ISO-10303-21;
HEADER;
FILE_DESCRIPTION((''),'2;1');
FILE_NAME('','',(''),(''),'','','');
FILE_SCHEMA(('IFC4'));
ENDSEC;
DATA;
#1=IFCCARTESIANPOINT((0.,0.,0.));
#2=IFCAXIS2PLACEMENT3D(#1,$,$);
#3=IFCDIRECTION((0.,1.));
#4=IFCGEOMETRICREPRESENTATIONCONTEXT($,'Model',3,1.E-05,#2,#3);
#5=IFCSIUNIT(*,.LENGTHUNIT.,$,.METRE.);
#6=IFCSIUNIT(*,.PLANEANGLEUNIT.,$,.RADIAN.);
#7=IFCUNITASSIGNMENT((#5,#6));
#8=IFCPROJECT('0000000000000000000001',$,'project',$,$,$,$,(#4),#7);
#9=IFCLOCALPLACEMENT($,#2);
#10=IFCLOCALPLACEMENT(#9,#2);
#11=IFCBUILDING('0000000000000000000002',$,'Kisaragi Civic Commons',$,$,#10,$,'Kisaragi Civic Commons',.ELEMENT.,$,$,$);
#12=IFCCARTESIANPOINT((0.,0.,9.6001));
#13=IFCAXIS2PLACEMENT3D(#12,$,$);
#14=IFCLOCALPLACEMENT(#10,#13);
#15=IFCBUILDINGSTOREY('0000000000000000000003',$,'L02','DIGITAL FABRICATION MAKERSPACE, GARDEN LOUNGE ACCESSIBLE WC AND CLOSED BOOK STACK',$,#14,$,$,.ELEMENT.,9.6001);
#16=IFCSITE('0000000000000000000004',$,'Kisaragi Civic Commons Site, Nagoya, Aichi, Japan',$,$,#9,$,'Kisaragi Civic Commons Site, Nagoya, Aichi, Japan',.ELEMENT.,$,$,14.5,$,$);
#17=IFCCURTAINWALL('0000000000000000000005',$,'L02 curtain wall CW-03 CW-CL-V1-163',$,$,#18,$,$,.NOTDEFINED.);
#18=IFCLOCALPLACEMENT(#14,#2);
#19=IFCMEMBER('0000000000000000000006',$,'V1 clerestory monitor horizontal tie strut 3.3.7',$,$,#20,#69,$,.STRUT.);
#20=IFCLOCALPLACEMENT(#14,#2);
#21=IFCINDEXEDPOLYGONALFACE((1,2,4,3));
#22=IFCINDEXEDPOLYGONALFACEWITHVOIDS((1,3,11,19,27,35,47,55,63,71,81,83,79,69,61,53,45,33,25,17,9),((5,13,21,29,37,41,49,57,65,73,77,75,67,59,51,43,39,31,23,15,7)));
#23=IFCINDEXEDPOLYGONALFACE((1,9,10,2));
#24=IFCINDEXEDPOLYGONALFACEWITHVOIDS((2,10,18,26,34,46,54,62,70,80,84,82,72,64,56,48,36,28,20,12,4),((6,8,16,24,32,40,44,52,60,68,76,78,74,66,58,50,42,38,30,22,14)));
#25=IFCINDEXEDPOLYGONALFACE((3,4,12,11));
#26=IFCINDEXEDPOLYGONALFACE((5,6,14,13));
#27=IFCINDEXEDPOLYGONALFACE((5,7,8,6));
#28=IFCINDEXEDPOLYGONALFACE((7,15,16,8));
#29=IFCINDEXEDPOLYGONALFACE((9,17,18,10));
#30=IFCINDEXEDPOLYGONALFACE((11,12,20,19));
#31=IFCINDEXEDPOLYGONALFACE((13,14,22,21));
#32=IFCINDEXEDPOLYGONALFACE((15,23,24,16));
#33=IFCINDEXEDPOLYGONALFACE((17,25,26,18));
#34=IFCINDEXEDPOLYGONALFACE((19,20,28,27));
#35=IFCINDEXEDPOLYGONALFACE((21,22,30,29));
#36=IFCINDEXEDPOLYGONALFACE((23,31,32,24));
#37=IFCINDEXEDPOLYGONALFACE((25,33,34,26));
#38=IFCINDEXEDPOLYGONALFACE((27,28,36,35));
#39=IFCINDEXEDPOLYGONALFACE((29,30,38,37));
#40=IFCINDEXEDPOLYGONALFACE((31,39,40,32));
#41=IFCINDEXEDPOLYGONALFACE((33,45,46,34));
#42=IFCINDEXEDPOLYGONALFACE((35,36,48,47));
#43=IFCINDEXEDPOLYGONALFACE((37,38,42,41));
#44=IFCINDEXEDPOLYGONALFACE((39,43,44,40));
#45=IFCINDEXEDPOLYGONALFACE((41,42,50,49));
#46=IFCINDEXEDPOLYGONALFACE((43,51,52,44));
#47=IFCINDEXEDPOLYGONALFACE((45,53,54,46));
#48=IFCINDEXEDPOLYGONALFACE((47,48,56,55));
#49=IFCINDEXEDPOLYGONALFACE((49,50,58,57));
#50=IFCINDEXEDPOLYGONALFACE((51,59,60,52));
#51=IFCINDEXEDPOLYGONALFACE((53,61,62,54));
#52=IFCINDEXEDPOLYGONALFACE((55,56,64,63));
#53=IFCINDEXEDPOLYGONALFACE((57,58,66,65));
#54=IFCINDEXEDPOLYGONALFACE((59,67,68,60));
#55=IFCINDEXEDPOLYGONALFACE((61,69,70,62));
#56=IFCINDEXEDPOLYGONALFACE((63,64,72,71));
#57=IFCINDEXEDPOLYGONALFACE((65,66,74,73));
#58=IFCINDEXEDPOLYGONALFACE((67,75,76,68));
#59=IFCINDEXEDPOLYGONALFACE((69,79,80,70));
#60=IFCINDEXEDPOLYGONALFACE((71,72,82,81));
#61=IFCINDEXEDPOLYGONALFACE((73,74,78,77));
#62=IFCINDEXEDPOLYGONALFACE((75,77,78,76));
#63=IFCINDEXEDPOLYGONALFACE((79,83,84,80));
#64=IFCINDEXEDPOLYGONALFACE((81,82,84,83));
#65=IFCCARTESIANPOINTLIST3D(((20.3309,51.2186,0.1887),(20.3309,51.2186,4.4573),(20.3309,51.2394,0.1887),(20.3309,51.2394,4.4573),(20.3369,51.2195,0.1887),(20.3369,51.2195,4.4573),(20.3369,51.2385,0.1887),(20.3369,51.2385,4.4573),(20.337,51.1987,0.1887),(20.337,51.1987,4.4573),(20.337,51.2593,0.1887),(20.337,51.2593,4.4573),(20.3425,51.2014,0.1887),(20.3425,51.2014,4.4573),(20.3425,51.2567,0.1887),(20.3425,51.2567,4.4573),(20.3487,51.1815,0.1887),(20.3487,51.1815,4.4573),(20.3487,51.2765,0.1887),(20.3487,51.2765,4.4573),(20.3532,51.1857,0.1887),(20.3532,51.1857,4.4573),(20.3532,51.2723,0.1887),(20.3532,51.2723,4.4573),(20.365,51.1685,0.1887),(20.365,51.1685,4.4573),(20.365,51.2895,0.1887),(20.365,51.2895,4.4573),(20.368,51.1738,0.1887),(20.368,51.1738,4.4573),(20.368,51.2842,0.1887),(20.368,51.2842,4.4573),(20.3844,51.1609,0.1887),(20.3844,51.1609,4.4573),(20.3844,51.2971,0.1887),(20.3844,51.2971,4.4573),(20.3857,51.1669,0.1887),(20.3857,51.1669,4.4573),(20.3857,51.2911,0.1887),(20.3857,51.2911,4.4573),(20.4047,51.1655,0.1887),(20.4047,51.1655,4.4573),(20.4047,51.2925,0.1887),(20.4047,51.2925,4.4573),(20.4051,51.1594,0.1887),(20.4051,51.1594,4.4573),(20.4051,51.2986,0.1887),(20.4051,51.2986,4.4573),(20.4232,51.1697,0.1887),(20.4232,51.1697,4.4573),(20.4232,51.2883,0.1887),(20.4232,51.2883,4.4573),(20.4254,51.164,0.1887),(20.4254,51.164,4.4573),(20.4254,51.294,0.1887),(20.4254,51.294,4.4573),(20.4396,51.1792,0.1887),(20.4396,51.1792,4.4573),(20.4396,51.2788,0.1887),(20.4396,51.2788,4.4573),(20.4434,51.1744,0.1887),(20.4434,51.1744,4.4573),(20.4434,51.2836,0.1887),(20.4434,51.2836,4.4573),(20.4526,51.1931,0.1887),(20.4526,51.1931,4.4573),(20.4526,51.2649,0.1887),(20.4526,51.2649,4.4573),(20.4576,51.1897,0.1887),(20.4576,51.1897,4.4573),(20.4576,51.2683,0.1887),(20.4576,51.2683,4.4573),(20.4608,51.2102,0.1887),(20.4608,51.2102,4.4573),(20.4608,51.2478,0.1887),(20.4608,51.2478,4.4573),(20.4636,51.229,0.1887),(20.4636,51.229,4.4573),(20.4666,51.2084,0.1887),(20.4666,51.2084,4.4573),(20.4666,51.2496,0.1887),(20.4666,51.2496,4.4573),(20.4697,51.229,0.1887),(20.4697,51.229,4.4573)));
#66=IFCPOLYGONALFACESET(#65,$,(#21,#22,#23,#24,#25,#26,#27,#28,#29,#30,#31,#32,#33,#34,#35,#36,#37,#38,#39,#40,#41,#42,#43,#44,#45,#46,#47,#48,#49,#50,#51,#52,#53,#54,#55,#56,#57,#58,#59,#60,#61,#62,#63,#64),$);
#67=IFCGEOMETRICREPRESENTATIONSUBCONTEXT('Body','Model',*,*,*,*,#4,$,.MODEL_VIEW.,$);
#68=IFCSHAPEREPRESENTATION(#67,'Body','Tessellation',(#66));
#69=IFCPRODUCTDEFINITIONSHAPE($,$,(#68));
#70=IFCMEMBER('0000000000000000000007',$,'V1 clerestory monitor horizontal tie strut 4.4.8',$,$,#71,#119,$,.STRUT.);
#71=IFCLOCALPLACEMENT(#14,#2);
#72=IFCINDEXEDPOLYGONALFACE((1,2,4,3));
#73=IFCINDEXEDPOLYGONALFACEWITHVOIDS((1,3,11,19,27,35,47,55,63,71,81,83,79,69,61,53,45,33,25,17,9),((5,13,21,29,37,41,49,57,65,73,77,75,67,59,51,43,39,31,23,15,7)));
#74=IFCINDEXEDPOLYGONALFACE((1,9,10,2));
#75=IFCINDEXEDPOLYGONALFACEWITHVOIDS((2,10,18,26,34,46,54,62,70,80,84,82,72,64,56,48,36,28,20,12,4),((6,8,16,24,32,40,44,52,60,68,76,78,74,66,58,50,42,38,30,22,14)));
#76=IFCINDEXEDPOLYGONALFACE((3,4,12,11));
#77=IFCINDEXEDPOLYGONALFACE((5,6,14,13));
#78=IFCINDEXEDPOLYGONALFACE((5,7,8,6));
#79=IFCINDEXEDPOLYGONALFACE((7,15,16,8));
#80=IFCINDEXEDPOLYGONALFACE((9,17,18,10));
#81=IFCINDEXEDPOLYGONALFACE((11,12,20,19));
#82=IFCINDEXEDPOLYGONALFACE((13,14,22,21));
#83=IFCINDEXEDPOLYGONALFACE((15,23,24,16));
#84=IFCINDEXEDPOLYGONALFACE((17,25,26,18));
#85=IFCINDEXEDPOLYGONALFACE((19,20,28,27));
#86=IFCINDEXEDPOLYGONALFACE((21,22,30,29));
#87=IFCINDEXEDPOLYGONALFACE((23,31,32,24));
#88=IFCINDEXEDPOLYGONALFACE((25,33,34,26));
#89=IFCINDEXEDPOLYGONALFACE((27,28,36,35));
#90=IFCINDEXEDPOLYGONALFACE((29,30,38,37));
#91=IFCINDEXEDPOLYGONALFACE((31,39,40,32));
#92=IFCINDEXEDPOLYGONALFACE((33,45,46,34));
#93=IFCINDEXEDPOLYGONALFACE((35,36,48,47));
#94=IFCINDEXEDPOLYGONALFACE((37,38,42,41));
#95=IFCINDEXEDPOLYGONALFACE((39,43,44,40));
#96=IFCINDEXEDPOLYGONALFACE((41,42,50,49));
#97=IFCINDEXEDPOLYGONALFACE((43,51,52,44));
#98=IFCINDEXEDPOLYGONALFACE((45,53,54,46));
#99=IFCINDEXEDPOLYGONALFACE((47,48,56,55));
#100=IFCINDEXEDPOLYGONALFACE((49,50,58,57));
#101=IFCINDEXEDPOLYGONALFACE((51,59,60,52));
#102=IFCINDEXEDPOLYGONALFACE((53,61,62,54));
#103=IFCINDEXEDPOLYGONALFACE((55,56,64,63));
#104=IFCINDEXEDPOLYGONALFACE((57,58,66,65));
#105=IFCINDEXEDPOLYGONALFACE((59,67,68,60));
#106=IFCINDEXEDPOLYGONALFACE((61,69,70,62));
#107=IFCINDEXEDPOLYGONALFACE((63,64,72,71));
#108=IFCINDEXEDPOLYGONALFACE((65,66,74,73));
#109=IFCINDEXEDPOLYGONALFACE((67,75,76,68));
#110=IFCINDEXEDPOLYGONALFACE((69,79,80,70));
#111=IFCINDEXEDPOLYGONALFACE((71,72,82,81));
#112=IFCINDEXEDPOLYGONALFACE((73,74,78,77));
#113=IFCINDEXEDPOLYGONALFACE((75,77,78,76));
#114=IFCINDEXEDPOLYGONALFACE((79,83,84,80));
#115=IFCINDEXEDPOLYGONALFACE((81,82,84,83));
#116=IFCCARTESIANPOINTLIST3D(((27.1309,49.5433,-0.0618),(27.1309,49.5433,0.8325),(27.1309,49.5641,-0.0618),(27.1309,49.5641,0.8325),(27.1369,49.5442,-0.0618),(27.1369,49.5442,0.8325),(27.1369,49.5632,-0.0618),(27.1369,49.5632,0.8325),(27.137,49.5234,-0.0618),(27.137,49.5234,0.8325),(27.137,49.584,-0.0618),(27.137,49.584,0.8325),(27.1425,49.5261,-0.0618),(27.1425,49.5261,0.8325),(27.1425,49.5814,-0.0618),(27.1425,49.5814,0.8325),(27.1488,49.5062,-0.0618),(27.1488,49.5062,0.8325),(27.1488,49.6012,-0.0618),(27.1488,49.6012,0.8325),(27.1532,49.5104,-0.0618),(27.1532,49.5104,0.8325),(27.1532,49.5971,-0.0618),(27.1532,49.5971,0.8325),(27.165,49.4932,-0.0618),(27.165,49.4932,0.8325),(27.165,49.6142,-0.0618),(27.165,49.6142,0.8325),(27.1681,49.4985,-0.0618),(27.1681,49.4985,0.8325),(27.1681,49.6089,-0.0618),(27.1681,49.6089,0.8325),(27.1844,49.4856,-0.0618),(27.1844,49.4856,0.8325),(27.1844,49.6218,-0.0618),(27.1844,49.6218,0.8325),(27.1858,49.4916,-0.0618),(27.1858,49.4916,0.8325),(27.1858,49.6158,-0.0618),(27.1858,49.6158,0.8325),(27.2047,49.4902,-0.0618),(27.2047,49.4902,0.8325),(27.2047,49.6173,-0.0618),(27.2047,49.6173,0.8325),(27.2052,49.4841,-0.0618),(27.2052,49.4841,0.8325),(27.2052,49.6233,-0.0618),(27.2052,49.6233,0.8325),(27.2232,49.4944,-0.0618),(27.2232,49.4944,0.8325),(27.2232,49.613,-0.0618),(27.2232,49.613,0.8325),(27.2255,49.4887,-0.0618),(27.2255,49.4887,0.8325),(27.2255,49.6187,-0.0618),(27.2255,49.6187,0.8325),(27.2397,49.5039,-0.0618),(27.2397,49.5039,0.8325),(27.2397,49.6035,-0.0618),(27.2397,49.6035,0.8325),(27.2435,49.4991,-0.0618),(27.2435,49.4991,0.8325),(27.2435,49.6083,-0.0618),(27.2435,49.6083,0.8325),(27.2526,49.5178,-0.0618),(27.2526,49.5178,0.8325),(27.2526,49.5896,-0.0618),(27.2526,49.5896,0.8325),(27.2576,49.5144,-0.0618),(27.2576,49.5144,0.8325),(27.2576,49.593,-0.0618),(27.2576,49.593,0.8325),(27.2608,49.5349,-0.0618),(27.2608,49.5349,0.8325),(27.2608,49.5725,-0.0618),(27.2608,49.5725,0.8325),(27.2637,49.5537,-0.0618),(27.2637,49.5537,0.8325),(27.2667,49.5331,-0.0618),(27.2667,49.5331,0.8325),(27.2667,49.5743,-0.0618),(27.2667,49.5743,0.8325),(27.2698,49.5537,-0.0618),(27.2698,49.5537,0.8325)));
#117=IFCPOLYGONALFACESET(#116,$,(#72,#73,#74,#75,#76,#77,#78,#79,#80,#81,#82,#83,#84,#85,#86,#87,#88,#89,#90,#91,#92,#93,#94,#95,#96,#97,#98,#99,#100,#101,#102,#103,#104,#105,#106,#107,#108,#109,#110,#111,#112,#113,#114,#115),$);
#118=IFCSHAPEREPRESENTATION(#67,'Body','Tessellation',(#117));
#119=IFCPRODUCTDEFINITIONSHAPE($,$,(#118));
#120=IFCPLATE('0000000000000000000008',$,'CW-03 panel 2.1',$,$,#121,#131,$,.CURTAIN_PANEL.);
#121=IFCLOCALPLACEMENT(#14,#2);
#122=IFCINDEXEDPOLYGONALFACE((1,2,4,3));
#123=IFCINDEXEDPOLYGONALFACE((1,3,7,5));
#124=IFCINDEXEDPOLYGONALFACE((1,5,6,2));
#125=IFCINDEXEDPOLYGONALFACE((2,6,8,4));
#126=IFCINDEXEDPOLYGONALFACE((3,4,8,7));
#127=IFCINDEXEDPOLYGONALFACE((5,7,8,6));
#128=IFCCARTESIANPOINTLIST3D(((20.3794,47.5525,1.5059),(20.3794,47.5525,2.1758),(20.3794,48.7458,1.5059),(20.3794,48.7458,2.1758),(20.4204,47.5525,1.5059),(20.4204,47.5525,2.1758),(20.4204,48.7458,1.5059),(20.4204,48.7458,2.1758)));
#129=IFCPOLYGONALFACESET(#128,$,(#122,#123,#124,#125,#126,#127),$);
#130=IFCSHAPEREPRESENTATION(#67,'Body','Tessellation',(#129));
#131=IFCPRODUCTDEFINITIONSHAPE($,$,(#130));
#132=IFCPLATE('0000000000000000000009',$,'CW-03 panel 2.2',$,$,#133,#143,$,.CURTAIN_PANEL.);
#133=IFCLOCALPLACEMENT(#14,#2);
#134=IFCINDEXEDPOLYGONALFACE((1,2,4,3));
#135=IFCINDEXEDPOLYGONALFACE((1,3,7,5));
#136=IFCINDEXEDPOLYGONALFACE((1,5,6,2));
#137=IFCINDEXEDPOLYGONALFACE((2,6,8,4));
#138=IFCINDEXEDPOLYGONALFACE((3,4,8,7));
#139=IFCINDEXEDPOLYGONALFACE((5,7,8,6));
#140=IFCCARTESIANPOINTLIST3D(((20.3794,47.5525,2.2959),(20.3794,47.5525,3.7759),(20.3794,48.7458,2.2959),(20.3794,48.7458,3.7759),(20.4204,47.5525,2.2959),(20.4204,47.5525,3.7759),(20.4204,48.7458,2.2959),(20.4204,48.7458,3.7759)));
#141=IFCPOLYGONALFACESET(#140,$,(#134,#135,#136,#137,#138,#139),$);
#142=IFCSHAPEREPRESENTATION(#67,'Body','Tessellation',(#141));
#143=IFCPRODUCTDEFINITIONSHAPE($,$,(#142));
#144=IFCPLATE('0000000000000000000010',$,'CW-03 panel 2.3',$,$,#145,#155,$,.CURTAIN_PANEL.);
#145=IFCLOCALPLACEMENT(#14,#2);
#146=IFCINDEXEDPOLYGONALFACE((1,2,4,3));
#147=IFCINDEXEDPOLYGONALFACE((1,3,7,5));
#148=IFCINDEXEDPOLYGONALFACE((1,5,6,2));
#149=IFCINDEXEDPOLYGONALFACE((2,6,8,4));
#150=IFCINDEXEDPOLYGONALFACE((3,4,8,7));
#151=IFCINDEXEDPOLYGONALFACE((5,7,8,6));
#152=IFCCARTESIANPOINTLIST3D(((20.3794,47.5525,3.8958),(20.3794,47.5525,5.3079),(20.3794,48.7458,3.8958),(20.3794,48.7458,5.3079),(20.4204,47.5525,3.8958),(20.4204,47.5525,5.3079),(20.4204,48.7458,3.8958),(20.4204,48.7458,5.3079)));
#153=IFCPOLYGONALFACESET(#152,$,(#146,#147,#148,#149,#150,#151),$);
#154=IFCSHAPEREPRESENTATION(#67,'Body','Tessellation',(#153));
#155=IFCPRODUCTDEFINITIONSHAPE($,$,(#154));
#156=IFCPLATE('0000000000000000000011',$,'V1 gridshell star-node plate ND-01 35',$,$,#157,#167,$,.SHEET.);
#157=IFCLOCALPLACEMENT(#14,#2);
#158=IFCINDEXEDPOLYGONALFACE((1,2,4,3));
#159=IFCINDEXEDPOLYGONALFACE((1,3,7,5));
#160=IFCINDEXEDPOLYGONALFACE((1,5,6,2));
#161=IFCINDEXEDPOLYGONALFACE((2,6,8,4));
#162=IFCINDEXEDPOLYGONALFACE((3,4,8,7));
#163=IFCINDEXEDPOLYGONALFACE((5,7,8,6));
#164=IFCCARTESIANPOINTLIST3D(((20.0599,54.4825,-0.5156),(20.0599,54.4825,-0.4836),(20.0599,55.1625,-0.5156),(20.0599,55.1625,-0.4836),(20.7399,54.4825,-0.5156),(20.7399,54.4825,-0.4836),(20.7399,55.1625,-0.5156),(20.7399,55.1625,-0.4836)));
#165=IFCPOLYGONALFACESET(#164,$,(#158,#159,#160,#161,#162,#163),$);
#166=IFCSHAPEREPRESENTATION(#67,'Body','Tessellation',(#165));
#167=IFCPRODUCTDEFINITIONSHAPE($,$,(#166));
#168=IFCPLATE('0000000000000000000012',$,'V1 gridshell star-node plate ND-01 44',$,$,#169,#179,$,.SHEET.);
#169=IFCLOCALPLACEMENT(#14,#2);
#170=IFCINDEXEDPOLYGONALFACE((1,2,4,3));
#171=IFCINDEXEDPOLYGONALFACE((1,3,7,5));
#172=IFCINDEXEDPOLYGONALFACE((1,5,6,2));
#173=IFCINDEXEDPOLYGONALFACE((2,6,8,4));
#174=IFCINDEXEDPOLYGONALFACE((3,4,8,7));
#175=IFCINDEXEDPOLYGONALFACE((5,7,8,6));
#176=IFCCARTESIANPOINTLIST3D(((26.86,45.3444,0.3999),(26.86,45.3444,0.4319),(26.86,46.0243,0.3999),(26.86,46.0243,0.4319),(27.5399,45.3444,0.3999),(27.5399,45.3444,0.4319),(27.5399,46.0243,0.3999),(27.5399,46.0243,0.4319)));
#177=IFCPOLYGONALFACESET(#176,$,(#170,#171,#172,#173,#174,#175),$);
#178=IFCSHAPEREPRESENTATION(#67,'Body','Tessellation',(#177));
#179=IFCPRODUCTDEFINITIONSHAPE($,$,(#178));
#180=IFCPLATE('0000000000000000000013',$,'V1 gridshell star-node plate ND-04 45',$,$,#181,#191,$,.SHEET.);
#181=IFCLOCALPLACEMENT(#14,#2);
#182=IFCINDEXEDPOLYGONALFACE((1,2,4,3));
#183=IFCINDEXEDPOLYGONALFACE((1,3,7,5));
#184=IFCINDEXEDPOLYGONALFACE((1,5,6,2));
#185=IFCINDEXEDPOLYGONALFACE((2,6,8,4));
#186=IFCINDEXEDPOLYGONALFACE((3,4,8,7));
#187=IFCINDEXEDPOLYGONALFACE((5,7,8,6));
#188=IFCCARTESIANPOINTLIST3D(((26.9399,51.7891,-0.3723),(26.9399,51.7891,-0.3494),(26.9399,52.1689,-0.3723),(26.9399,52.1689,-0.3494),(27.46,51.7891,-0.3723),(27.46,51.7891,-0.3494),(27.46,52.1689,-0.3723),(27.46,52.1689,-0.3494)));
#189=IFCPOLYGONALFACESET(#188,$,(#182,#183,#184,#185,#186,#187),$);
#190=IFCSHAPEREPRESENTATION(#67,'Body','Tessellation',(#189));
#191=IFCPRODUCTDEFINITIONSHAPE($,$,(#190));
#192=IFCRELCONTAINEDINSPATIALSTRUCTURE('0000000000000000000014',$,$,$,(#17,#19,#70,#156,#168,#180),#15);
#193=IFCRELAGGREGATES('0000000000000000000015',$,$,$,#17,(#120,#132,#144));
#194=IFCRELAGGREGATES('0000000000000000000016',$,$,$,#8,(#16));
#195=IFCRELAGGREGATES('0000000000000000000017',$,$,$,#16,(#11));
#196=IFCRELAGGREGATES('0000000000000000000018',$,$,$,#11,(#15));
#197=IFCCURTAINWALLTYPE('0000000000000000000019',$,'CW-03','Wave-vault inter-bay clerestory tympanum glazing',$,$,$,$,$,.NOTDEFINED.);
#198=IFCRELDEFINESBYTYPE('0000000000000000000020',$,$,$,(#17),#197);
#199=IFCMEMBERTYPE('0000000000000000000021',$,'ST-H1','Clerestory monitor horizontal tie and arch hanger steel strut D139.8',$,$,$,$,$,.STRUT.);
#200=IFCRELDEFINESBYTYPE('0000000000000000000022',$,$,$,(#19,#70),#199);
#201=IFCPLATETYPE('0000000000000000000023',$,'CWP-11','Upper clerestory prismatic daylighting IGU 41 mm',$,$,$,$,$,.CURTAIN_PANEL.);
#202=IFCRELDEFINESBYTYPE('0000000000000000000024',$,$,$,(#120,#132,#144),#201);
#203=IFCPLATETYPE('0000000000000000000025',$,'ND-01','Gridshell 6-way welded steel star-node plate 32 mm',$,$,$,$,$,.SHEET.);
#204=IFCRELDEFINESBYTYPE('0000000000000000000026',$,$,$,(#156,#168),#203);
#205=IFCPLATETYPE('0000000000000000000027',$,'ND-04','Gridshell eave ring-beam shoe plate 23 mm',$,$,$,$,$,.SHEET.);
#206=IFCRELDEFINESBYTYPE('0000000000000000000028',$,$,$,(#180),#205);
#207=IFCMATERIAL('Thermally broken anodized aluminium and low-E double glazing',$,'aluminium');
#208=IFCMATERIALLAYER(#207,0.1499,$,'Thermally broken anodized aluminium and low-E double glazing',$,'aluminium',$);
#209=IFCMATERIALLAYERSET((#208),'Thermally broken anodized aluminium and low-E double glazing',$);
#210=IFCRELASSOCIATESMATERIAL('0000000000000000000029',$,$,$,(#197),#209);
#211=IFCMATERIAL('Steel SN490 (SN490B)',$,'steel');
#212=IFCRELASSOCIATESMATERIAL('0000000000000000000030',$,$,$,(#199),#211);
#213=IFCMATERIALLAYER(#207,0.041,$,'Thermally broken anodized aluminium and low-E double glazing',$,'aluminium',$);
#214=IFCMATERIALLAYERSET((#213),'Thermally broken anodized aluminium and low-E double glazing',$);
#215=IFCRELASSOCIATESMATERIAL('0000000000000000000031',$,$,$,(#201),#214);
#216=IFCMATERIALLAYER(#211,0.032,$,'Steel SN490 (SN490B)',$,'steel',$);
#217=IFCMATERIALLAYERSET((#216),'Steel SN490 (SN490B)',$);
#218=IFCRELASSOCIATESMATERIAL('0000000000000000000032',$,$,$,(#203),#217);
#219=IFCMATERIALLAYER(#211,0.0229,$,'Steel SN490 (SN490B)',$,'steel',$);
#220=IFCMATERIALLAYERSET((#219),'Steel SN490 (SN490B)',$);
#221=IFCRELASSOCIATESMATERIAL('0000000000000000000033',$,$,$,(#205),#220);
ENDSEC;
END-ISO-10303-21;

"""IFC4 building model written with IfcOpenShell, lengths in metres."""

from ifc_helpers import new_model, si_unit, direction, frame, origin, origin_2d, place, context, subcontext, project, spatial, rectangle, hollow_circle, extrude, material, layer, layer_set, material_profile, profile_set, type_object, element, aggregate, save


model = new_model("IFC4")

# Units and contexts
model_context = context("Model", 3, precision=1e-05, world=origin(), true_north=direction((0.0, 1.0)))
body_context = subcontext(model_context, "Body", "Model", "MODEL_VIEW")
ifc_project = project(units=[si_unit("LENGTHUNIT", "METRE"), si_unit("PLANEANGLEUNIT", "RADIAN")], contexts=[model_context])

# Site, building, storey
site_placement = place(None, origin())
site = spatial("IfcSite", under=ifc_project, at=site_placement, Name="Kisaragi Civic Commons Site, Nagoya, Aichi, Japan", LongName="Kisaragi Civic Commons Site, Nagoya, Aichi, Japan", CompositionType="ELEMENT", RefElevation=14.5)
building_placement = place(site_placement, origin())
building = spatial("IfcBuilding", under=site, at=building_placement, Name="Kisaragi Civic Commons", LongName="Kisaragi Civic Commons", CompositionType="ELEMENT")
storey_placement = place(building_placement, frame((0.0, 0.0, 9.6001)))
storey = spatial("IfcBuildingStorey", under=building, at=storey_placement, Name="L02", Description="DIGITAL FABRICATION MAKERSPACE, GARDEN LOUNGE ACCESSIBLE WC AND CLOSED BOOK STACK", CompositionType="ELEMENT", Elevation=9.6001)

# Curtain wall
ifc_material_1 = material(Name="Thermally broken anodized aluminium and low-E double glazing", Category="aluminium")
ifc_layer_1 = layer(ifc_material_1, 0.1499, Name="Thermally broken anodized aluminium and low-E double glazing", Category="aluminium")
ifc_layer_set_1 = layer_set([ifc_layer_1], Name="Thermally broken anodized aluminium and low-E double glazing")
curtain_wall_type = type_object("IfcCurtainWallType", Name="CW-03", Description="Wave-vault inter-bay clerestory tympanum glazing", PredefinedType="NOTDEFINED", material=ifc_layer_set_1)
curtain_wall_placement = place(storey_placement, origin())
curtain_wall = element("IfcCurtainWall", 1, at=curtain_wall_placement, inside=storey, type_object=curtain_wall_type, Name="L02 curtain wall CW-03 CW-CL-V1-163", PredefinedType="NOTDEFINED")

# Members
ifc_material_2 = material(Name="Steel SN490 (SN490B)", Category="steel")
ifc_material_profile_1 = material_profile(ifc_material_2, hollow_circle(Radius=0.0698, WallThickness=0.0061, at=origin_2d()), Name="CHS-139.8x6.0", Category="steel")
ifc_profile_set_1 = profile_set([ifc_material_profile_1], Name="Steel SN490 (SN490B)")
member_type_1 = type_object("IfcMemberType", Name="ST-H1", Description="Clerestory monitor horizontal tie and arch hanger steel strut D139.8", PredefinedType="STRUT", material=ifc_profile_set_1)
member_1_placement = place(storey_placement, frame((20.3999, 51.229, 0.1887), z_axis=(0.0, 0.0, 1.0), x_axis=(1.0, 0.0, 0.0)))
element("IfcMember", 2, at=member_1_placement, inside=storey, type_object=member_type_1, Name="V1 clerestory monitor horizontal tie strut 3.3.7", PredefinedType="STRUT", context=body_context, shape_type="SweptSolid", body=[
    extrude(hollow_circle(Radius=0.0698, WallThickness=0.0061, at=origin_2d()), origin(), (0.0, 0.0, 1.0), 4.2686),
])
member_2_placement = place(storey_placement, frame((27.2, 49.5537, -0.0618), z_axis=(0.0, 0.0, 1.0), x_axis=(1.0, 0.0, 0.0)))
element("IfcMember", 3, at=member_2_placement, inside=storey, type_object=member_type_1, Name="V1 clerestory monitor horizontal tie strut 4.4.8", PredefinedType="STRUT", context=body_context, shape_type="SweptSolid", body=[
    extrude(hollow_circle(Radius=0.0698, WallThickness=0.0061, at=origin_2d()), origin(), (0.0, 0.0, 1.0), 0.8943),
])

# Plates
ifc_layer_2 = layer(ifc_material_1, 0.041, Name="Thermally broken anodized aluminium and low-E double glazing", Category="aluminium")
ifc_layer_set_2 = layer_set([ifc_layer_2], Name="Thermally broken anodized aluminium and low-E double glazing")
plate_type_1 = type_object("IfcPlateType", Name="CWP-11", Description="Upper clerestory prismatic daylighting IGU 41 mm", PredefinedType="CURTAIN_PANEL", material=ifc_layer_set_2)
plate_1_placement = place(storey_placement, frame((20.3999, 48.1492, 1.5059), z_axis=(0.0, 0.0, 1.0), x_axis=(0.0, 1.0, 0.0)))
plate_1 = element("IfcPlate", 4, at=plate_1_placement, type_object=plate_type_1, Name="CW-03 panel 2.1", PredefinedType="CURTAIN_PANEL", context=body_context, shape_type="SweptSolid", body=[
    extrude(rectangle(XDim=1.1934, YDim=0.041, at=origin_2d()), origin(), (0.0, 0.0, 1.0), 0.6699),
])
plate_2_placement = place(storey_placement, frame((20.3999, 48.1492, 2.2959), z_axis=(0.0, 0.0, 1.0), x_axis=(0.0, 1.0, 0.0)))
plate_2 = element("IfcPlate", 5, at=plate_2_placement, type_object=plate_type_1, Name="CW-03 panel 2.2", PredefinedType="CURTAIN_PANEL", context=body_context, shape_type="SweptSolid", body=[
    extrude(rectangle(XDim=1.1934, YDim=0.041, at=origin_2d()), origin(), (0.0, 0.0, 1.0), 1.48),
])
plate_3_placement = place(storey_placement, frame((20.3999, 48.1492, 3.8958), z_axis=(0.0, 0.0, 1.0), x_axis=(0.0, 1.0, 0.0)))
plate_3 = element("IfcPlate", 6, at=plate_3_placement, type_object=plate_type_1, Name="CW-03 panel 2.3", PredefinedType="CURTAIN_PANEL", context=body_context, shape_type="SweptSolid", body=[
    extrude(rectangle(XDim=1.1934, YDim=0.041, at=origin_2d()), origin(), (0.0, 0.0, 1.0), 1.4121),
])
aggregate(curtain_wall, [plate_1, plate_2, plate_3])

# Plates
ifc_layer_3 = layer(ifc_material_2, 0.032, Name="Steel SN490 (SN490B)", Category="steel")
ifc_layer_set_3 = layer_set([ifc_layer_3], Name="Steel SN490 (SN490B)")
plate_type_2 = type_object("IfcPlateType", Name="ND-01", Description="Gridshell 6-way welded steel star-node plate 32 mm", PredefinedType="SHEET", material=ifc_layer_set_3)
for number, where, z_axis, x_axis, name in (
    (7, (20.3999, 54.8225, -0.5156), (0.0, 0.0, 1.0), (1.0, 0.0, 0.0), "V1 gridshell star-node plate ND-01 35"),
    (8, (27.2, 45.6843, 0.3999), (0.0, 0.0, 1.0), (1.0, 0.0, 0.0), "V1 gridshell star-node plate ND-01 44"),
):
    element("IfcPlate", number, at=place(storey_placement, frame(where, z_axis=z_axis, x_axis=x_axis)), inside=storey, type_object=plate_type_2, Name=name, PredefinedType="SHEET", context=body_context, shape_type="SweptSolid", body=[
        extrude(rectangle(XDim=0.6799, YDim=0.6799, at=origin_2d()), origin(), (0.0, 0.0, 1.0), 0.032),
    ])
ifc_layer_4 = layer(ifc_material_2, 0.0229, Name="Steel SN490 (SN490B)", Category="steel")
ifc_layer_set_4 = layer_set([ifc_layer_4], Name="Steel SN490 (SN490B)")
plate_type_3 = type_object("IfcPlateType", Name="ND-04", Description="Gridshell eave ring-beam shoe plate 23 mm", PredefinedType="SHEET", material=ifc_layer_set_4)
plate_4_placement = place(storey_placement, frame((27.2, 51.979, -0.3723), z_axis=(0.0, 0.0, 1.0), x_axis=(1.0, 0.0, 0.0)))
element("IfcPlate", 9, at=plate_4_placement, inside=storey, type_object=plate_type_3, Name="V1 gridshell star-node plate ND-04 45", PredefinedType="SHEET", context=body_context, shape_type="SweptSolid", body=[
    extrude(rectangle(XDim=0.52, YDim=0.3799, at=origin_2d()), origin(), (0.0, 0.0, 1.0), 0.0229),
])

save(model, "model.ifc")
